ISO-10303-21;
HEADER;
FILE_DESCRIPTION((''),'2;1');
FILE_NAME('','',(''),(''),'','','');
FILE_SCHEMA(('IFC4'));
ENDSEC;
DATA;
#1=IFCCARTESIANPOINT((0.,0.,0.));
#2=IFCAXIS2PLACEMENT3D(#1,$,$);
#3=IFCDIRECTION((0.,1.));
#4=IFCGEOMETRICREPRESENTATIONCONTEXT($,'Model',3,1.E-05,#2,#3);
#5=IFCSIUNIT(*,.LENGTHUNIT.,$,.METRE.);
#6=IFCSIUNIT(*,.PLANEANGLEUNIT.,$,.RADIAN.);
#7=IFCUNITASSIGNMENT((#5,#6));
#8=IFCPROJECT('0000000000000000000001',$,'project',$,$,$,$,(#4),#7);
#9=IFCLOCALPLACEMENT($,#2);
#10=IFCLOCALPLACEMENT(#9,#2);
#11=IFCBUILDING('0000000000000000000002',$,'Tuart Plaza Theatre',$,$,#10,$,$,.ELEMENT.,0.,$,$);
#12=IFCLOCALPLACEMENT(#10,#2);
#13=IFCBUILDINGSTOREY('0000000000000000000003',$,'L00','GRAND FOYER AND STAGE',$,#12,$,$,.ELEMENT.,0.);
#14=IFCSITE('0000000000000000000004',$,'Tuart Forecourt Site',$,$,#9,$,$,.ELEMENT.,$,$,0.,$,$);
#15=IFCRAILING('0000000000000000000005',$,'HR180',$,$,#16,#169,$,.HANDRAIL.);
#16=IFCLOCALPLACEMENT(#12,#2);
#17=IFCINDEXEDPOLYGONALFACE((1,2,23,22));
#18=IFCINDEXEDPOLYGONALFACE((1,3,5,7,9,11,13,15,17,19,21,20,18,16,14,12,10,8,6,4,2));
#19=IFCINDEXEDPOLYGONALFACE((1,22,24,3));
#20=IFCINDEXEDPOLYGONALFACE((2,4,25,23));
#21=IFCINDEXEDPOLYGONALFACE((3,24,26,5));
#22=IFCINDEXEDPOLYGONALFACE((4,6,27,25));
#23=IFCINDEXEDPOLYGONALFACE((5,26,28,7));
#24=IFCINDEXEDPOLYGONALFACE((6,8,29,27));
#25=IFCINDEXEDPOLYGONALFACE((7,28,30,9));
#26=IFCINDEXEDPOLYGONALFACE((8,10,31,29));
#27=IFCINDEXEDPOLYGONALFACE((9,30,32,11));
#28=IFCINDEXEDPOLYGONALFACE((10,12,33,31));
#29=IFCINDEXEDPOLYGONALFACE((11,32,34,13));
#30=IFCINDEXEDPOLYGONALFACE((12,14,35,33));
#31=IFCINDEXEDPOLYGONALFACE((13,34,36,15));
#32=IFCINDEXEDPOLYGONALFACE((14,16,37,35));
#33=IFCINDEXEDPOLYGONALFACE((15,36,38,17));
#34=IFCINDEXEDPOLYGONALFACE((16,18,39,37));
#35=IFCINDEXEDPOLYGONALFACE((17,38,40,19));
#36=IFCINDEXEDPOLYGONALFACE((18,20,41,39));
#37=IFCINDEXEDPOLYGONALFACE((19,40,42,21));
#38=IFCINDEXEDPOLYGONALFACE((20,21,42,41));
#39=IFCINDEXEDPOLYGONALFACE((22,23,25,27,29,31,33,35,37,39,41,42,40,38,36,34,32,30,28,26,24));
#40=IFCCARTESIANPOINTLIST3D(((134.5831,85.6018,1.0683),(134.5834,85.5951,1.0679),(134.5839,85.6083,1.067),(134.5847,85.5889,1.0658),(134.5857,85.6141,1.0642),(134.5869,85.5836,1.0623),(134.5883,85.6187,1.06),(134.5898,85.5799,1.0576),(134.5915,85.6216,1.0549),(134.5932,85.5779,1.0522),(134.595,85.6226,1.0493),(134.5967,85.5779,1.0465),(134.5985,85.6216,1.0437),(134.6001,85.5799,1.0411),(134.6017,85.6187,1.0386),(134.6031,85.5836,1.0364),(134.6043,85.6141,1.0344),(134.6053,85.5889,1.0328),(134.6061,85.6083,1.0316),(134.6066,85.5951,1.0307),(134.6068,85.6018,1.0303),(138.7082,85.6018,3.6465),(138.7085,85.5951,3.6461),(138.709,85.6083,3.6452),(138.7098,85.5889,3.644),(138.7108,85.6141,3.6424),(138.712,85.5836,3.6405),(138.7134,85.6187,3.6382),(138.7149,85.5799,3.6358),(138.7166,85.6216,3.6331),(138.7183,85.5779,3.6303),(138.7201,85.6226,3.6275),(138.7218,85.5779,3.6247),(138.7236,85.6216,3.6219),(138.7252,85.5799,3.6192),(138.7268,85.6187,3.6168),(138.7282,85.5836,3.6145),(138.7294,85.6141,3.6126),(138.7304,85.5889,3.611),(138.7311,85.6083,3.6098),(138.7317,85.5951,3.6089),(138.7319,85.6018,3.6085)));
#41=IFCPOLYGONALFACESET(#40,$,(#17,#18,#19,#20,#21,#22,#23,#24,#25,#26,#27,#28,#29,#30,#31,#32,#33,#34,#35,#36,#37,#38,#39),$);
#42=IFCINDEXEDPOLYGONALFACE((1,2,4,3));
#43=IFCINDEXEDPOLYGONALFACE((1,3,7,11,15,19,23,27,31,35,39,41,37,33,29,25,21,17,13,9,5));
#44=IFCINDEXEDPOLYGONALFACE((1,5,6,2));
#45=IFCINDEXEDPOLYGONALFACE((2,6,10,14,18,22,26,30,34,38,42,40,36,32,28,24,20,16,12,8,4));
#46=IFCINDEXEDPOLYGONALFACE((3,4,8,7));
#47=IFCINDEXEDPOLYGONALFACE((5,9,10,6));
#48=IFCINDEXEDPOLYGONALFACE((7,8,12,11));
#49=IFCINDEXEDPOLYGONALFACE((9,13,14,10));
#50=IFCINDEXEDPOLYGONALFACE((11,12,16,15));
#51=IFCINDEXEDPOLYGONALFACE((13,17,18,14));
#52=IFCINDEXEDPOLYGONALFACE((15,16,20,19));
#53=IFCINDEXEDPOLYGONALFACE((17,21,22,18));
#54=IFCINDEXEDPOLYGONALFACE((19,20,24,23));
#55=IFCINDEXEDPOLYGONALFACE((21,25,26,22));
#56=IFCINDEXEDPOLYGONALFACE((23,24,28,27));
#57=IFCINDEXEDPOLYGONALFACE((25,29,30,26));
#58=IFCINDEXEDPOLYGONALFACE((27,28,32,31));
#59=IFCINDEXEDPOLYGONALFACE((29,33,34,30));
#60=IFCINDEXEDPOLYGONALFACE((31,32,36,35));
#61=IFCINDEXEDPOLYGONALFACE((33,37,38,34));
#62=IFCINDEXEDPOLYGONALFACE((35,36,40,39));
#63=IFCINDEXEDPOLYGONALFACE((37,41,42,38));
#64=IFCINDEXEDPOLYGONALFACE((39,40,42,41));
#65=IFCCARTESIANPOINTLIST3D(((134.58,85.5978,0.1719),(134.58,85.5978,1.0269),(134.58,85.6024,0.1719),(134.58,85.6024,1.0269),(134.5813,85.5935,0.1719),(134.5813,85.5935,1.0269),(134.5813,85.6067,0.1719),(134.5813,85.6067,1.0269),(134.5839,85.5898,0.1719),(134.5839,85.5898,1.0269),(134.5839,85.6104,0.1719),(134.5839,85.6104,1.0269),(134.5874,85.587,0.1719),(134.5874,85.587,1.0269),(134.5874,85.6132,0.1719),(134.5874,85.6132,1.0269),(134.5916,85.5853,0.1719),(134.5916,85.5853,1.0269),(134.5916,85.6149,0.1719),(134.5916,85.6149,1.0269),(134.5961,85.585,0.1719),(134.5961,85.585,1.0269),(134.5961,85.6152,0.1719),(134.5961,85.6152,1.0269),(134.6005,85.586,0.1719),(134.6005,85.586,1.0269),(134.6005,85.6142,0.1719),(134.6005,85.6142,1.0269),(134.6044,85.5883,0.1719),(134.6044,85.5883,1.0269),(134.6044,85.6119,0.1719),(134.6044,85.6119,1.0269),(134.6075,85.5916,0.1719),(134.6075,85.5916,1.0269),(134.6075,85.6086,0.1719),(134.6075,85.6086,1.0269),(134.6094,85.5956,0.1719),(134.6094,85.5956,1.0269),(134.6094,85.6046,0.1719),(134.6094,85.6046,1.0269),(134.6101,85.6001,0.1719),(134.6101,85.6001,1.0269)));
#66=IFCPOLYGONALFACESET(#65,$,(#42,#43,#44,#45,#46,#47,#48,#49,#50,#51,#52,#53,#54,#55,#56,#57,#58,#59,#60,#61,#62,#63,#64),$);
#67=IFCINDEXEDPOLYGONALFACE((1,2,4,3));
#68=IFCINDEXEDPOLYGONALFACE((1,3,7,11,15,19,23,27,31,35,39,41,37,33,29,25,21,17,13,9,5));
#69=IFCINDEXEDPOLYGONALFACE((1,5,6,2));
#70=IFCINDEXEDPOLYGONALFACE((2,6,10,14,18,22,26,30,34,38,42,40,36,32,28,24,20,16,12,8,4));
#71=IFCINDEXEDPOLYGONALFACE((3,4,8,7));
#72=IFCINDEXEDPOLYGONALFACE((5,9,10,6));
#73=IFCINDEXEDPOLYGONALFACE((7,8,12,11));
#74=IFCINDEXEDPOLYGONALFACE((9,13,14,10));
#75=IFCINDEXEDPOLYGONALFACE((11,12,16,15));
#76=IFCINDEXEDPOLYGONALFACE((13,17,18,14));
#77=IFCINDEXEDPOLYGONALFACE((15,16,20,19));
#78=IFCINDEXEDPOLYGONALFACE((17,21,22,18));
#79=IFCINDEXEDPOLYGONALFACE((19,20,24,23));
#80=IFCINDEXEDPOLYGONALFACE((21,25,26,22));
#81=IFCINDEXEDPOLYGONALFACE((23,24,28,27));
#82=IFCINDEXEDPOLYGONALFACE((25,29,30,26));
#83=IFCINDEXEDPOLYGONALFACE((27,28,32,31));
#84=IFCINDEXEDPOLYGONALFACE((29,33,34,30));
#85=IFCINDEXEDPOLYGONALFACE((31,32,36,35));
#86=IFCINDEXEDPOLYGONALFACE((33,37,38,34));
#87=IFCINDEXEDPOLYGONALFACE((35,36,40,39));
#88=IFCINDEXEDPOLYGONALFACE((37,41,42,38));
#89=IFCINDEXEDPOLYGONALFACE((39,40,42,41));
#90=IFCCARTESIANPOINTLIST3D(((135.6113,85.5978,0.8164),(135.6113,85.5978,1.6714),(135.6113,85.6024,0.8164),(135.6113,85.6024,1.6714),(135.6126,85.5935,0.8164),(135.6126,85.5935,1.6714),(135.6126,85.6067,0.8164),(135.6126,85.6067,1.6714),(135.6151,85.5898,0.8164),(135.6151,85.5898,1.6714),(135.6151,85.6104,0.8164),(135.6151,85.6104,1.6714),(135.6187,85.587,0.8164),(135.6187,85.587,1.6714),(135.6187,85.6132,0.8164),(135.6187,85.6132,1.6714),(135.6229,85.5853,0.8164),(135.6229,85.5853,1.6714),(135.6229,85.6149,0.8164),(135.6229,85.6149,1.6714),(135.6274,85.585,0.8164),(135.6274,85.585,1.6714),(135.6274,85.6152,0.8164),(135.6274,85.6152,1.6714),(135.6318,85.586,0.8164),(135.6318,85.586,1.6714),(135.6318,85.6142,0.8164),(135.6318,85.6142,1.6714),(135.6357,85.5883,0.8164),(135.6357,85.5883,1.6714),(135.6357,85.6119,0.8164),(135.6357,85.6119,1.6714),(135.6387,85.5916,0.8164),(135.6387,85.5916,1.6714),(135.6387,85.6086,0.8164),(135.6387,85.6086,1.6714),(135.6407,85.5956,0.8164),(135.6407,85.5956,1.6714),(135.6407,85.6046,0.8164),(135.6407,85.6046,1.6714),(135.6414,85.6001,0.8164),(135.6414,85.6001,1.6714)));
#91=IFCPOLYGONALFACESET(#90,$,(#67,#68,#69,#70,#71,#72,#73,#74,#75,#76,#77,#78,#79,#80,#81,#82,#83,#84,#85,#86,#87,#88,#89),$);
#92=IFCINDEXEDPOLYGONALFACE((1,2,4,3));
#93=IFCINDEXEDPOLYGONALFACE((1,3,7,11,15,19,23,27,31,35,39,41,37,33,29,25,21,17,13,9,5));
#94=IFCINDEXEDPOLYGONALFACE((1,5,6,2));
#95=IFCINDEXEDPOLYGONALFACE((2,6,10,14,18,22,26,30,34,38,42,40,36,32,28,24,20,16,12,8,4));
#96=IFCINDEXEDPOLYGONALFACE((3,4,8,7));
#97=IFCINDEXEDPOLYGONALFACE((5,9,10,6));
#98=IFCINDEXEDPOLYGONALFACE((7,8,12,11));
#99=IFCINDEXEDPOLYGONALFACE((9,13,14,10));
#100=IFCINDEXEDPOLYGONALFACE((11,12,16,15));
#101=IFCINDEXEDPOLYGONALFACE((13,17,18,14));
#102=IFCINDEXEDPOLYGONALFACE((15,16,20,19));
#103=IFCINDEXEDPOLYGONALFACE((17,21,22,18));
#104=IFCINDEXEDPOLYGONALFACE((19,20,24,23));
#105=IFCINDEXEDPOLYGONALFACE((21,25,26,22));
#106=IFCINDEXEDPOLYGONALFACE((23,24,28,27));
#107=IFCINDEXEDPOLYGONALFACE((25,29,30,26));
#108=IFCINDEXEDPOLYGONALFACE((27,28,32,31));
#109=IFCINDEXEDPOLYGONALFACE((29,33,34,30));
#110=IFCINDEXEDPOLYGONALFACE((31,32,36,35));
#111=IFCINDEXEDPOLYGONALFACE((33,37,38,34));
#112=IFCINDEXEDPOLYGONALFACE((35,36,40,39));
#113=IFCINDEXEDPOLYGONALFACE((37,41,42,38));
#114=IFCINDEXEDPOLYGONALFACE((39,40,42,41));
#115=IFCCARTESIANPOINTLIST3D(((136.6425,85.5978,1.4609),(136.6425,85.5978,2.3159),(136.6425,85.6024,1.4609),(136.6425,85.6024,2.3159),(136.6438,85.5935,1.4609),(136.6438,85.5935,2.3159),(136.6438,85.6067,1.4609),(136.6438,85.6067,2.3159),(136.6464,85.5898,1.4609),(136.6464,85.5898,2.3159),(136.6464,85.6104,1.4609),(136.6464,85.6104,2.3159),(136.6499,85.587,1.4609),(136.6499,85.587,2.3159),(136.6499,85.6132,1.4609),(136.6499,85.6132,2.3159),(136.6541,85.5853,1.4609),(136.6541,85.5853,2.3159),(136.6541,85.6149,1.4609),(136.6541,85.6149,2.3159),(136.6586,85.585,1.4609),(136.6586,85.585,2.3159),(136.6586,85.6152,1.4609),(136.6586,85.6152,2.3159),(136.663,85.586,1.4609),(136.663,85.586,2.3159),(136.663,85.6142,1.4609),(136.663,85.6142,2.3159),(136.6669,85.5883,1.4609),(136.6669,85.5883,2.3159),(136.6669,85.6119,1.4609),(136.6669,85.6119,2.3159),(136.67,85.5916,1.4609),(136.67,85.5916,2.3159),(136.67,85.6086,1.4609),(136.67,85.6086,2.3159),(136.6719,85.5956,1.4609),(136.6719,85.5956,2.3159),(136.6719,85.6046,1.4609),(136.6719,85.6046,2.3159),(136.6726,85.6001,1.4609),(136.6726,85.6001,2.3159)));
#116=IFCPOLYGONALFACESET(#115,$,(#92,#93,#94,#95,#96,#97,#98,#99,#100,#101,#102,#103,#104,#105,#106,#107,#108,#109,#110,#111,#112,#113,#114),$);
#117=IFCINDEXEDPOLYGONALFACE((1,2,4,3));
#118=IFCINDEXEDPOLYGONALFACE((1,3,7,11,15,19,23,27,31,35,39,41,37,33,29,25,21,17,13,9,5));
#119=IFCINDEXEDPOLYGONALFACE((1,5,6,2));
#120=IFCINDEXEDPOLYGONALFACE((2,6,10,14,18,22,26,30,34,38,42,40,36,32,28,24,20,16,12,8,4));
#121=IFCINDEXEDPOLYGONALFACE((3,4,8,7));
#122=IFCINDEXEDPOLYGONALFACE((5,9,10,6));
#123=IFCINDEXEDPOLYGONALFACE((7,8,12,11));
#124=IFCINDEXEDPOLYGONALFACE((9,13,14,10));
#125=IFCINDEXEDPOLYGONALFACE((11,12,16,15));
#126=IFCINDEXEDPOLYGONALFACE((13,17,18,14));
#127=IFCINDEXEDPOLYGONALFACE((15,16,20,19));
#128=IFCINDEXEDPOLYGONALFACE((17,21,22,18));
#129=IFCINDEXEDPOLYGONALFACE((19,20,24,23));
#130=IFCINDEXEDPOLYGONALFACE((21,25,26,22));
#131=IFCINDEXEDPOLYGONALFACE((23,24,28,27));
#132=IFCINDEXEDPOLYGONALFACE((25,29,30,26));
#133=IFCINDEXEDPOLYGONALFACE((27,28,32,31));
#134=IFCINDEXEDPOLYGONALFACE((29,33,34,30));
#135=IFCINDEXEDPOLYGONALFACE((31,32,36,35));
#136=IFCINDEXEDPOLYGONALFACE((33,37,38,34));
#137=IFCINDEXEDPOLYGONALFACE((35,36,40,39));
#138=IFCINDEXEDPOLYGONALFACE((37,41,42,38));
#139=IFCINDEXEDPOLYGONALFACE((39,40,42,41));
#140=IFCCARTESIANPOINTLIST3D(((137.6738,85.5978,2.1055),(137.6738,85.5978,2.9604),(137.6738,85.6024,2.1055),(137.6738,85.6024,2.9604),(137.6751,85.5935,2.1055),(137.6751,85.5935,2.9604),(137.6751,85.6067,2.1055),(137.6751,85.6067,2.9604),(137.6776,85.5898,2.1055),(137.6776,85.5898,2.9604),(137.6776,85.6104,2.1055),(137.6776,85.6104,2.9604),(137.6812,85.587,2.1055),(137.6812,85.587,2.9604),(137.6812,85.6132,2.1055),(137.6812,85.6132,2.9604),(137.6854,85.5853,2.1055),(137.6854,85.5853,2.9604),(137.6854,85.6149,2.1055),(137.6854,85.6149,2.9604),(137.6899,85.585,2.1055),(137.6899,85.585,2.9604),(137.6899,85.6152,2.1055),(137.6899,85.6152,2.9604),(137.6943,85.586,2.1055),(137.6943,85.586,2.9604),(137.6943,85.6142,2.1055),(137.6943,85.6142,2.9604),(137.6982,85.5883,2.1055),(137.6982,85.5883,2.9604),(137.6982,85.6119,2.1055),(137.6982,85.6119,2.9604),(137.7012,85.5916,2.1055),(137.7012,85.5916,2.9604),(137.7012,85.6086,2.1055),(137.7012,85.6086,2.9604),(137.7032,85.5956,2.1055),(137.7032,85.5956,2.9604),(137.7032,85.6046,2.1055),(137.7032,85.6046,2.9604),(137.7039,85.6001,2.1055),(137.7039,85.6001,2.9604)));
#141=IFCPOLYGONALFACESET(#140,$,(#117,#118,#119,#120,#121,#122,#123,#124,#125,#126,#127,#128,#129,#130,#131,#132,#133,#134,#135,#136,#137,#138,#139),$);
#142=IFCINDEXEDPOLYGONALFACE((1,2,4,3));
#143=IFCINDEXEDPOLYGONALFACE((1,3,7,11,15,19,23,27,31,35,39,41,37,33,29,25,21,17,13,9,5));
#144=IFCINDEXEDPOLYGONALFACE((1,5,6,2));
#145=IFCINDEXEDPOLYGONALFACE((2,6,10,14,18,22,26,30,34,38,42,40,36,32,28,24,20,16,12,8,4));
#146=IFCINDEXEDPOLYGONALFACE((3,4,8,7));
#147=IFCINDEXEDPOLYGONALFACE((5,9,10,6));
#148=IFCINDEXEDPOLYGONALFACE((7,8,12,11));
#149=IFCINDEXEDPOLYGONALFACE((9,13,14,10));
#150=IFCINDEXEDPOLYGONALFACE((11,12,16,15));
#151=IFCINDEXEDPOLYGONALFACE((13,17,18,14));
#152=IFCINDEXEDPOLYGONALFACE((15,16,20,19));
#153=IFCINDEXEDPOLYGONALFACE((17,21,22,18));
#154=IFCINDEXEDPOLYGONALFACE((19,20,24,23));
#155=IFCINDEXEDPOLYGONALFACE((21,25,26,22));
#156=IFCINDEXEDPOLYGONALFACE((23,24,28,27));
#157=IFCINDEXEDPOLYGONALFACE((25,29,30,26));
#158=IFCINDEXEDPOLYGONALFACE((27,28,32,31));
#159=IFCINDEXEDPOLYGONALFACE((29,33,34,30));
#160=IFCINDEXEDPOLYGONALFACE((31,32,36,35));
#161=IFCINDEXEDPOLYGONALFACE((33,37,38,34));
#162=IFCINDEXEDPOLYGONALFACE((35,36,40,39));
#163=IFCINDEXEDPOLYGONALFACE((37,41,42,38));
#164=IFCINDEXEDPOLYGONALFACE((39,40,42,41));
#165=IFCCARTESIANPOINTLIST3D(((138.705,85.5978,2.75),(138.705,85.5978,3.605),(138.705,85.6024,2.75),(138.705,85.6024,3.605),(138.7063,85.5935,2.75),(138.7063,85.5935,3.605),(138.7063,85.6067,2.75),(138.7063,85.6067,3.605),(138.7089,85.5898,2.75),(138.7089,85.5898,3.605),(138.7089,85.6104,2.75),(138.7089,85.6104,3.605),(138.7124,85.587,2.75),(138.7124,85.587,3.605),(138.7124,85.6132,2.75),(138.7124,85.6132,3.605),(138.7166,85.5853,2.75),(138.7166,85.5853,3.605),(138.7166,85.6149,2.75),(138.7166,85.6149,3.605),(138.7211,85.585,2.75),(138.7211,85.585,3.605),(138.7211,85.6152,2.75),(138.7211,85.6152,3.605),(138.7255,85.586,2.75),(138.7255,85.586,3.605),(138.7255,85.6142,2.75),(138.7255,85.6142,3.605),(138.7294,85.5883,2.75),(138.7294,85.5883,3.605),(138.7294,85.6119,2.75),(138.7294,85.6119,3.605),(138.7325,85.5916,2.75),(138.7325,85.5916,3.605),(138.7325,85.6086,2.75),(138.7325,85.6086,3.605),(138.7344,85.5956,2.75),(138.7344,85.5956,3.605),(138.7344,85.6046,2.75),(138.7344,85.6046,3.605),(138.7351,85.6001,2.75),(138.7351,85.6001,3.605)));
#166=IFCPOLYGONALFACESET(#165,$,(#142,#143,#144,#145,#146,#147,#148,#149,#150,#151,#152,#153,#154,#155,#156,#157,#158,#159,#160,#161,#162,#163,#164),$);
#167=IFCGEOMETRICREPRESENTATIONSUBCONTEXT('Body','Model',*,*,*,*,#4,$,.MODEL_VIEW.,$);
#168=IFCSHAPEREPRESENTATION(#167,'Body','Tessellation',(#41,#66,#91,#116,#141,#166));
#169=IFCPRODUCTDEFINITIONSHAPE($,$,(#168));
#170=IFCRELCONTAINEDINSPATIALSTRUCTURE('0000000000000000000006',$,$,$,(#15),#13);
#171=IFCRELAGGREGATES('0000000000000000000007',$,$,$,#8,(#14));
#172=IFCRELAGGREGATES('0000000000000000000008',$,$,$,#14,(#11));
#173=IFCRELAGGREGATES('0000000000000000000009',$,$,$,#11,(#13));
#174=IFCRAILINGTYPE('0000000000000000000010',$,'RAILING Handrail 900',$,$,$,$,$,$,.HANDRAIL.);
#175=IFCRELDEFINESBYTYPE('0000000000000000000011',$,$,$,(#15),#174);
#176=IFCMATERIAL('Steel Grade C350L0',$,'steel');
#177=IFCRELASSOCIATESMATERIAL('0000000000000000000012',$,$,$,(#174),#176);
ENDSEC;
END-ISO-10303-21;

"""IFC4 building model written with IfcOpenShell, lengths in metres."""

from ifc_helpers import new_model, si_unit, direction, frame, origin, origin_2d, place, context, subcontext, project, spatial, circle, extrude, material, type_object, element, save


model = new_model("IFC4")

# Units and contexts
model_context = context("Model", 3, precision=1e-05, world=origin(), true_north=direction((0.0, 1.0)))
body_context = subcontext(model_context, "Body", "Model", "MODEL_VIEW")
ifc_project = project(units=[si_unit("LENGTHUNIT", "METRE"), si_unit("PLANEANGLEUNIT", "RADIAN")], contexts=[model_context])

# Site, building, storey
site_placement = place(None, origin())
site = spatial("IfcSite", under=ifc_project, at=site_placement, Name="Tuart Forecourt Site", CompositionType="ELEMENT", RefElevation=0.0)
building_placement = place(site_placement, origin())
building = spatial("IfcBuilding", under=site, at=building_placement, Name="Tuart Plaza Theatre", CompositionType="ELEMENT", ElevationOfRefHeight=0.0)
storey_placement = place(building_placement, origin())
storey = spatial("IfcBuildingStorey", under=building, at=storey_placement, Name="L00", Description="GRAND FOYER AND STAGE", CompositionType="ELEMENT", Elevation=0.0)

# Railing
ifc_material_1 = material(Name="Steel Grade C350L0", Category="steel")
railing_type_1 = type_object("IfcRailingType", Name="RAILING Handrail 900", PredefinedType="HANDRAIL", material=ifc_material_1)
for number, where, name in (
    (1, (134.595, 85.6001, 0.1719), "HR180"),
):
    element("IfcRailing", number, at=place(storey_placement, frame(where)), inside=storey, type_object=railing_type_1, Name=name, PredefinedType="HANDRAIL", context=body_context, shape_type="SweptSolid", body=[
        extrude(circle(Radius=0.0225, at=origin_2d()), frame((0.0, 0.0, 0.8774), z_axis=(0.847998, 0.0, 0.529999), x_axis=(0.0, 1.0, 0.0)), (0.0, 0.0, 1.0), 4.8645),
        extrude(circle(Radius=0.0151, at=origin_2d()), origin(), (0.0, 0.0, 1.0), 0.855),
        extrude(circle(Radius=0.0151, at=origin_2d()), frame((1.0312, 0.0, 0.6445)), (0.0, 0.0, 1.0), 0.855),
        extrude(circle(Radius=0.0151, at=origin_2d()), frame((2.0625, 0.0, 1.2891)), (0.0, 0.0, 1.0), 0.855),
        extrude(circle(Radius=0.0151, at=origin_2d()), frame((3.0938, 0.0, 1.9336)), (0.0, 0.0, 1.0), 0.855),
        extrude(circle(Radius=0.0151, at=origin_2d()), frame((4.125, 0.0, 2.5781)), (0.0, 0.0, 1.0), 0.855),
    ])

save(model, "model.ifc")
